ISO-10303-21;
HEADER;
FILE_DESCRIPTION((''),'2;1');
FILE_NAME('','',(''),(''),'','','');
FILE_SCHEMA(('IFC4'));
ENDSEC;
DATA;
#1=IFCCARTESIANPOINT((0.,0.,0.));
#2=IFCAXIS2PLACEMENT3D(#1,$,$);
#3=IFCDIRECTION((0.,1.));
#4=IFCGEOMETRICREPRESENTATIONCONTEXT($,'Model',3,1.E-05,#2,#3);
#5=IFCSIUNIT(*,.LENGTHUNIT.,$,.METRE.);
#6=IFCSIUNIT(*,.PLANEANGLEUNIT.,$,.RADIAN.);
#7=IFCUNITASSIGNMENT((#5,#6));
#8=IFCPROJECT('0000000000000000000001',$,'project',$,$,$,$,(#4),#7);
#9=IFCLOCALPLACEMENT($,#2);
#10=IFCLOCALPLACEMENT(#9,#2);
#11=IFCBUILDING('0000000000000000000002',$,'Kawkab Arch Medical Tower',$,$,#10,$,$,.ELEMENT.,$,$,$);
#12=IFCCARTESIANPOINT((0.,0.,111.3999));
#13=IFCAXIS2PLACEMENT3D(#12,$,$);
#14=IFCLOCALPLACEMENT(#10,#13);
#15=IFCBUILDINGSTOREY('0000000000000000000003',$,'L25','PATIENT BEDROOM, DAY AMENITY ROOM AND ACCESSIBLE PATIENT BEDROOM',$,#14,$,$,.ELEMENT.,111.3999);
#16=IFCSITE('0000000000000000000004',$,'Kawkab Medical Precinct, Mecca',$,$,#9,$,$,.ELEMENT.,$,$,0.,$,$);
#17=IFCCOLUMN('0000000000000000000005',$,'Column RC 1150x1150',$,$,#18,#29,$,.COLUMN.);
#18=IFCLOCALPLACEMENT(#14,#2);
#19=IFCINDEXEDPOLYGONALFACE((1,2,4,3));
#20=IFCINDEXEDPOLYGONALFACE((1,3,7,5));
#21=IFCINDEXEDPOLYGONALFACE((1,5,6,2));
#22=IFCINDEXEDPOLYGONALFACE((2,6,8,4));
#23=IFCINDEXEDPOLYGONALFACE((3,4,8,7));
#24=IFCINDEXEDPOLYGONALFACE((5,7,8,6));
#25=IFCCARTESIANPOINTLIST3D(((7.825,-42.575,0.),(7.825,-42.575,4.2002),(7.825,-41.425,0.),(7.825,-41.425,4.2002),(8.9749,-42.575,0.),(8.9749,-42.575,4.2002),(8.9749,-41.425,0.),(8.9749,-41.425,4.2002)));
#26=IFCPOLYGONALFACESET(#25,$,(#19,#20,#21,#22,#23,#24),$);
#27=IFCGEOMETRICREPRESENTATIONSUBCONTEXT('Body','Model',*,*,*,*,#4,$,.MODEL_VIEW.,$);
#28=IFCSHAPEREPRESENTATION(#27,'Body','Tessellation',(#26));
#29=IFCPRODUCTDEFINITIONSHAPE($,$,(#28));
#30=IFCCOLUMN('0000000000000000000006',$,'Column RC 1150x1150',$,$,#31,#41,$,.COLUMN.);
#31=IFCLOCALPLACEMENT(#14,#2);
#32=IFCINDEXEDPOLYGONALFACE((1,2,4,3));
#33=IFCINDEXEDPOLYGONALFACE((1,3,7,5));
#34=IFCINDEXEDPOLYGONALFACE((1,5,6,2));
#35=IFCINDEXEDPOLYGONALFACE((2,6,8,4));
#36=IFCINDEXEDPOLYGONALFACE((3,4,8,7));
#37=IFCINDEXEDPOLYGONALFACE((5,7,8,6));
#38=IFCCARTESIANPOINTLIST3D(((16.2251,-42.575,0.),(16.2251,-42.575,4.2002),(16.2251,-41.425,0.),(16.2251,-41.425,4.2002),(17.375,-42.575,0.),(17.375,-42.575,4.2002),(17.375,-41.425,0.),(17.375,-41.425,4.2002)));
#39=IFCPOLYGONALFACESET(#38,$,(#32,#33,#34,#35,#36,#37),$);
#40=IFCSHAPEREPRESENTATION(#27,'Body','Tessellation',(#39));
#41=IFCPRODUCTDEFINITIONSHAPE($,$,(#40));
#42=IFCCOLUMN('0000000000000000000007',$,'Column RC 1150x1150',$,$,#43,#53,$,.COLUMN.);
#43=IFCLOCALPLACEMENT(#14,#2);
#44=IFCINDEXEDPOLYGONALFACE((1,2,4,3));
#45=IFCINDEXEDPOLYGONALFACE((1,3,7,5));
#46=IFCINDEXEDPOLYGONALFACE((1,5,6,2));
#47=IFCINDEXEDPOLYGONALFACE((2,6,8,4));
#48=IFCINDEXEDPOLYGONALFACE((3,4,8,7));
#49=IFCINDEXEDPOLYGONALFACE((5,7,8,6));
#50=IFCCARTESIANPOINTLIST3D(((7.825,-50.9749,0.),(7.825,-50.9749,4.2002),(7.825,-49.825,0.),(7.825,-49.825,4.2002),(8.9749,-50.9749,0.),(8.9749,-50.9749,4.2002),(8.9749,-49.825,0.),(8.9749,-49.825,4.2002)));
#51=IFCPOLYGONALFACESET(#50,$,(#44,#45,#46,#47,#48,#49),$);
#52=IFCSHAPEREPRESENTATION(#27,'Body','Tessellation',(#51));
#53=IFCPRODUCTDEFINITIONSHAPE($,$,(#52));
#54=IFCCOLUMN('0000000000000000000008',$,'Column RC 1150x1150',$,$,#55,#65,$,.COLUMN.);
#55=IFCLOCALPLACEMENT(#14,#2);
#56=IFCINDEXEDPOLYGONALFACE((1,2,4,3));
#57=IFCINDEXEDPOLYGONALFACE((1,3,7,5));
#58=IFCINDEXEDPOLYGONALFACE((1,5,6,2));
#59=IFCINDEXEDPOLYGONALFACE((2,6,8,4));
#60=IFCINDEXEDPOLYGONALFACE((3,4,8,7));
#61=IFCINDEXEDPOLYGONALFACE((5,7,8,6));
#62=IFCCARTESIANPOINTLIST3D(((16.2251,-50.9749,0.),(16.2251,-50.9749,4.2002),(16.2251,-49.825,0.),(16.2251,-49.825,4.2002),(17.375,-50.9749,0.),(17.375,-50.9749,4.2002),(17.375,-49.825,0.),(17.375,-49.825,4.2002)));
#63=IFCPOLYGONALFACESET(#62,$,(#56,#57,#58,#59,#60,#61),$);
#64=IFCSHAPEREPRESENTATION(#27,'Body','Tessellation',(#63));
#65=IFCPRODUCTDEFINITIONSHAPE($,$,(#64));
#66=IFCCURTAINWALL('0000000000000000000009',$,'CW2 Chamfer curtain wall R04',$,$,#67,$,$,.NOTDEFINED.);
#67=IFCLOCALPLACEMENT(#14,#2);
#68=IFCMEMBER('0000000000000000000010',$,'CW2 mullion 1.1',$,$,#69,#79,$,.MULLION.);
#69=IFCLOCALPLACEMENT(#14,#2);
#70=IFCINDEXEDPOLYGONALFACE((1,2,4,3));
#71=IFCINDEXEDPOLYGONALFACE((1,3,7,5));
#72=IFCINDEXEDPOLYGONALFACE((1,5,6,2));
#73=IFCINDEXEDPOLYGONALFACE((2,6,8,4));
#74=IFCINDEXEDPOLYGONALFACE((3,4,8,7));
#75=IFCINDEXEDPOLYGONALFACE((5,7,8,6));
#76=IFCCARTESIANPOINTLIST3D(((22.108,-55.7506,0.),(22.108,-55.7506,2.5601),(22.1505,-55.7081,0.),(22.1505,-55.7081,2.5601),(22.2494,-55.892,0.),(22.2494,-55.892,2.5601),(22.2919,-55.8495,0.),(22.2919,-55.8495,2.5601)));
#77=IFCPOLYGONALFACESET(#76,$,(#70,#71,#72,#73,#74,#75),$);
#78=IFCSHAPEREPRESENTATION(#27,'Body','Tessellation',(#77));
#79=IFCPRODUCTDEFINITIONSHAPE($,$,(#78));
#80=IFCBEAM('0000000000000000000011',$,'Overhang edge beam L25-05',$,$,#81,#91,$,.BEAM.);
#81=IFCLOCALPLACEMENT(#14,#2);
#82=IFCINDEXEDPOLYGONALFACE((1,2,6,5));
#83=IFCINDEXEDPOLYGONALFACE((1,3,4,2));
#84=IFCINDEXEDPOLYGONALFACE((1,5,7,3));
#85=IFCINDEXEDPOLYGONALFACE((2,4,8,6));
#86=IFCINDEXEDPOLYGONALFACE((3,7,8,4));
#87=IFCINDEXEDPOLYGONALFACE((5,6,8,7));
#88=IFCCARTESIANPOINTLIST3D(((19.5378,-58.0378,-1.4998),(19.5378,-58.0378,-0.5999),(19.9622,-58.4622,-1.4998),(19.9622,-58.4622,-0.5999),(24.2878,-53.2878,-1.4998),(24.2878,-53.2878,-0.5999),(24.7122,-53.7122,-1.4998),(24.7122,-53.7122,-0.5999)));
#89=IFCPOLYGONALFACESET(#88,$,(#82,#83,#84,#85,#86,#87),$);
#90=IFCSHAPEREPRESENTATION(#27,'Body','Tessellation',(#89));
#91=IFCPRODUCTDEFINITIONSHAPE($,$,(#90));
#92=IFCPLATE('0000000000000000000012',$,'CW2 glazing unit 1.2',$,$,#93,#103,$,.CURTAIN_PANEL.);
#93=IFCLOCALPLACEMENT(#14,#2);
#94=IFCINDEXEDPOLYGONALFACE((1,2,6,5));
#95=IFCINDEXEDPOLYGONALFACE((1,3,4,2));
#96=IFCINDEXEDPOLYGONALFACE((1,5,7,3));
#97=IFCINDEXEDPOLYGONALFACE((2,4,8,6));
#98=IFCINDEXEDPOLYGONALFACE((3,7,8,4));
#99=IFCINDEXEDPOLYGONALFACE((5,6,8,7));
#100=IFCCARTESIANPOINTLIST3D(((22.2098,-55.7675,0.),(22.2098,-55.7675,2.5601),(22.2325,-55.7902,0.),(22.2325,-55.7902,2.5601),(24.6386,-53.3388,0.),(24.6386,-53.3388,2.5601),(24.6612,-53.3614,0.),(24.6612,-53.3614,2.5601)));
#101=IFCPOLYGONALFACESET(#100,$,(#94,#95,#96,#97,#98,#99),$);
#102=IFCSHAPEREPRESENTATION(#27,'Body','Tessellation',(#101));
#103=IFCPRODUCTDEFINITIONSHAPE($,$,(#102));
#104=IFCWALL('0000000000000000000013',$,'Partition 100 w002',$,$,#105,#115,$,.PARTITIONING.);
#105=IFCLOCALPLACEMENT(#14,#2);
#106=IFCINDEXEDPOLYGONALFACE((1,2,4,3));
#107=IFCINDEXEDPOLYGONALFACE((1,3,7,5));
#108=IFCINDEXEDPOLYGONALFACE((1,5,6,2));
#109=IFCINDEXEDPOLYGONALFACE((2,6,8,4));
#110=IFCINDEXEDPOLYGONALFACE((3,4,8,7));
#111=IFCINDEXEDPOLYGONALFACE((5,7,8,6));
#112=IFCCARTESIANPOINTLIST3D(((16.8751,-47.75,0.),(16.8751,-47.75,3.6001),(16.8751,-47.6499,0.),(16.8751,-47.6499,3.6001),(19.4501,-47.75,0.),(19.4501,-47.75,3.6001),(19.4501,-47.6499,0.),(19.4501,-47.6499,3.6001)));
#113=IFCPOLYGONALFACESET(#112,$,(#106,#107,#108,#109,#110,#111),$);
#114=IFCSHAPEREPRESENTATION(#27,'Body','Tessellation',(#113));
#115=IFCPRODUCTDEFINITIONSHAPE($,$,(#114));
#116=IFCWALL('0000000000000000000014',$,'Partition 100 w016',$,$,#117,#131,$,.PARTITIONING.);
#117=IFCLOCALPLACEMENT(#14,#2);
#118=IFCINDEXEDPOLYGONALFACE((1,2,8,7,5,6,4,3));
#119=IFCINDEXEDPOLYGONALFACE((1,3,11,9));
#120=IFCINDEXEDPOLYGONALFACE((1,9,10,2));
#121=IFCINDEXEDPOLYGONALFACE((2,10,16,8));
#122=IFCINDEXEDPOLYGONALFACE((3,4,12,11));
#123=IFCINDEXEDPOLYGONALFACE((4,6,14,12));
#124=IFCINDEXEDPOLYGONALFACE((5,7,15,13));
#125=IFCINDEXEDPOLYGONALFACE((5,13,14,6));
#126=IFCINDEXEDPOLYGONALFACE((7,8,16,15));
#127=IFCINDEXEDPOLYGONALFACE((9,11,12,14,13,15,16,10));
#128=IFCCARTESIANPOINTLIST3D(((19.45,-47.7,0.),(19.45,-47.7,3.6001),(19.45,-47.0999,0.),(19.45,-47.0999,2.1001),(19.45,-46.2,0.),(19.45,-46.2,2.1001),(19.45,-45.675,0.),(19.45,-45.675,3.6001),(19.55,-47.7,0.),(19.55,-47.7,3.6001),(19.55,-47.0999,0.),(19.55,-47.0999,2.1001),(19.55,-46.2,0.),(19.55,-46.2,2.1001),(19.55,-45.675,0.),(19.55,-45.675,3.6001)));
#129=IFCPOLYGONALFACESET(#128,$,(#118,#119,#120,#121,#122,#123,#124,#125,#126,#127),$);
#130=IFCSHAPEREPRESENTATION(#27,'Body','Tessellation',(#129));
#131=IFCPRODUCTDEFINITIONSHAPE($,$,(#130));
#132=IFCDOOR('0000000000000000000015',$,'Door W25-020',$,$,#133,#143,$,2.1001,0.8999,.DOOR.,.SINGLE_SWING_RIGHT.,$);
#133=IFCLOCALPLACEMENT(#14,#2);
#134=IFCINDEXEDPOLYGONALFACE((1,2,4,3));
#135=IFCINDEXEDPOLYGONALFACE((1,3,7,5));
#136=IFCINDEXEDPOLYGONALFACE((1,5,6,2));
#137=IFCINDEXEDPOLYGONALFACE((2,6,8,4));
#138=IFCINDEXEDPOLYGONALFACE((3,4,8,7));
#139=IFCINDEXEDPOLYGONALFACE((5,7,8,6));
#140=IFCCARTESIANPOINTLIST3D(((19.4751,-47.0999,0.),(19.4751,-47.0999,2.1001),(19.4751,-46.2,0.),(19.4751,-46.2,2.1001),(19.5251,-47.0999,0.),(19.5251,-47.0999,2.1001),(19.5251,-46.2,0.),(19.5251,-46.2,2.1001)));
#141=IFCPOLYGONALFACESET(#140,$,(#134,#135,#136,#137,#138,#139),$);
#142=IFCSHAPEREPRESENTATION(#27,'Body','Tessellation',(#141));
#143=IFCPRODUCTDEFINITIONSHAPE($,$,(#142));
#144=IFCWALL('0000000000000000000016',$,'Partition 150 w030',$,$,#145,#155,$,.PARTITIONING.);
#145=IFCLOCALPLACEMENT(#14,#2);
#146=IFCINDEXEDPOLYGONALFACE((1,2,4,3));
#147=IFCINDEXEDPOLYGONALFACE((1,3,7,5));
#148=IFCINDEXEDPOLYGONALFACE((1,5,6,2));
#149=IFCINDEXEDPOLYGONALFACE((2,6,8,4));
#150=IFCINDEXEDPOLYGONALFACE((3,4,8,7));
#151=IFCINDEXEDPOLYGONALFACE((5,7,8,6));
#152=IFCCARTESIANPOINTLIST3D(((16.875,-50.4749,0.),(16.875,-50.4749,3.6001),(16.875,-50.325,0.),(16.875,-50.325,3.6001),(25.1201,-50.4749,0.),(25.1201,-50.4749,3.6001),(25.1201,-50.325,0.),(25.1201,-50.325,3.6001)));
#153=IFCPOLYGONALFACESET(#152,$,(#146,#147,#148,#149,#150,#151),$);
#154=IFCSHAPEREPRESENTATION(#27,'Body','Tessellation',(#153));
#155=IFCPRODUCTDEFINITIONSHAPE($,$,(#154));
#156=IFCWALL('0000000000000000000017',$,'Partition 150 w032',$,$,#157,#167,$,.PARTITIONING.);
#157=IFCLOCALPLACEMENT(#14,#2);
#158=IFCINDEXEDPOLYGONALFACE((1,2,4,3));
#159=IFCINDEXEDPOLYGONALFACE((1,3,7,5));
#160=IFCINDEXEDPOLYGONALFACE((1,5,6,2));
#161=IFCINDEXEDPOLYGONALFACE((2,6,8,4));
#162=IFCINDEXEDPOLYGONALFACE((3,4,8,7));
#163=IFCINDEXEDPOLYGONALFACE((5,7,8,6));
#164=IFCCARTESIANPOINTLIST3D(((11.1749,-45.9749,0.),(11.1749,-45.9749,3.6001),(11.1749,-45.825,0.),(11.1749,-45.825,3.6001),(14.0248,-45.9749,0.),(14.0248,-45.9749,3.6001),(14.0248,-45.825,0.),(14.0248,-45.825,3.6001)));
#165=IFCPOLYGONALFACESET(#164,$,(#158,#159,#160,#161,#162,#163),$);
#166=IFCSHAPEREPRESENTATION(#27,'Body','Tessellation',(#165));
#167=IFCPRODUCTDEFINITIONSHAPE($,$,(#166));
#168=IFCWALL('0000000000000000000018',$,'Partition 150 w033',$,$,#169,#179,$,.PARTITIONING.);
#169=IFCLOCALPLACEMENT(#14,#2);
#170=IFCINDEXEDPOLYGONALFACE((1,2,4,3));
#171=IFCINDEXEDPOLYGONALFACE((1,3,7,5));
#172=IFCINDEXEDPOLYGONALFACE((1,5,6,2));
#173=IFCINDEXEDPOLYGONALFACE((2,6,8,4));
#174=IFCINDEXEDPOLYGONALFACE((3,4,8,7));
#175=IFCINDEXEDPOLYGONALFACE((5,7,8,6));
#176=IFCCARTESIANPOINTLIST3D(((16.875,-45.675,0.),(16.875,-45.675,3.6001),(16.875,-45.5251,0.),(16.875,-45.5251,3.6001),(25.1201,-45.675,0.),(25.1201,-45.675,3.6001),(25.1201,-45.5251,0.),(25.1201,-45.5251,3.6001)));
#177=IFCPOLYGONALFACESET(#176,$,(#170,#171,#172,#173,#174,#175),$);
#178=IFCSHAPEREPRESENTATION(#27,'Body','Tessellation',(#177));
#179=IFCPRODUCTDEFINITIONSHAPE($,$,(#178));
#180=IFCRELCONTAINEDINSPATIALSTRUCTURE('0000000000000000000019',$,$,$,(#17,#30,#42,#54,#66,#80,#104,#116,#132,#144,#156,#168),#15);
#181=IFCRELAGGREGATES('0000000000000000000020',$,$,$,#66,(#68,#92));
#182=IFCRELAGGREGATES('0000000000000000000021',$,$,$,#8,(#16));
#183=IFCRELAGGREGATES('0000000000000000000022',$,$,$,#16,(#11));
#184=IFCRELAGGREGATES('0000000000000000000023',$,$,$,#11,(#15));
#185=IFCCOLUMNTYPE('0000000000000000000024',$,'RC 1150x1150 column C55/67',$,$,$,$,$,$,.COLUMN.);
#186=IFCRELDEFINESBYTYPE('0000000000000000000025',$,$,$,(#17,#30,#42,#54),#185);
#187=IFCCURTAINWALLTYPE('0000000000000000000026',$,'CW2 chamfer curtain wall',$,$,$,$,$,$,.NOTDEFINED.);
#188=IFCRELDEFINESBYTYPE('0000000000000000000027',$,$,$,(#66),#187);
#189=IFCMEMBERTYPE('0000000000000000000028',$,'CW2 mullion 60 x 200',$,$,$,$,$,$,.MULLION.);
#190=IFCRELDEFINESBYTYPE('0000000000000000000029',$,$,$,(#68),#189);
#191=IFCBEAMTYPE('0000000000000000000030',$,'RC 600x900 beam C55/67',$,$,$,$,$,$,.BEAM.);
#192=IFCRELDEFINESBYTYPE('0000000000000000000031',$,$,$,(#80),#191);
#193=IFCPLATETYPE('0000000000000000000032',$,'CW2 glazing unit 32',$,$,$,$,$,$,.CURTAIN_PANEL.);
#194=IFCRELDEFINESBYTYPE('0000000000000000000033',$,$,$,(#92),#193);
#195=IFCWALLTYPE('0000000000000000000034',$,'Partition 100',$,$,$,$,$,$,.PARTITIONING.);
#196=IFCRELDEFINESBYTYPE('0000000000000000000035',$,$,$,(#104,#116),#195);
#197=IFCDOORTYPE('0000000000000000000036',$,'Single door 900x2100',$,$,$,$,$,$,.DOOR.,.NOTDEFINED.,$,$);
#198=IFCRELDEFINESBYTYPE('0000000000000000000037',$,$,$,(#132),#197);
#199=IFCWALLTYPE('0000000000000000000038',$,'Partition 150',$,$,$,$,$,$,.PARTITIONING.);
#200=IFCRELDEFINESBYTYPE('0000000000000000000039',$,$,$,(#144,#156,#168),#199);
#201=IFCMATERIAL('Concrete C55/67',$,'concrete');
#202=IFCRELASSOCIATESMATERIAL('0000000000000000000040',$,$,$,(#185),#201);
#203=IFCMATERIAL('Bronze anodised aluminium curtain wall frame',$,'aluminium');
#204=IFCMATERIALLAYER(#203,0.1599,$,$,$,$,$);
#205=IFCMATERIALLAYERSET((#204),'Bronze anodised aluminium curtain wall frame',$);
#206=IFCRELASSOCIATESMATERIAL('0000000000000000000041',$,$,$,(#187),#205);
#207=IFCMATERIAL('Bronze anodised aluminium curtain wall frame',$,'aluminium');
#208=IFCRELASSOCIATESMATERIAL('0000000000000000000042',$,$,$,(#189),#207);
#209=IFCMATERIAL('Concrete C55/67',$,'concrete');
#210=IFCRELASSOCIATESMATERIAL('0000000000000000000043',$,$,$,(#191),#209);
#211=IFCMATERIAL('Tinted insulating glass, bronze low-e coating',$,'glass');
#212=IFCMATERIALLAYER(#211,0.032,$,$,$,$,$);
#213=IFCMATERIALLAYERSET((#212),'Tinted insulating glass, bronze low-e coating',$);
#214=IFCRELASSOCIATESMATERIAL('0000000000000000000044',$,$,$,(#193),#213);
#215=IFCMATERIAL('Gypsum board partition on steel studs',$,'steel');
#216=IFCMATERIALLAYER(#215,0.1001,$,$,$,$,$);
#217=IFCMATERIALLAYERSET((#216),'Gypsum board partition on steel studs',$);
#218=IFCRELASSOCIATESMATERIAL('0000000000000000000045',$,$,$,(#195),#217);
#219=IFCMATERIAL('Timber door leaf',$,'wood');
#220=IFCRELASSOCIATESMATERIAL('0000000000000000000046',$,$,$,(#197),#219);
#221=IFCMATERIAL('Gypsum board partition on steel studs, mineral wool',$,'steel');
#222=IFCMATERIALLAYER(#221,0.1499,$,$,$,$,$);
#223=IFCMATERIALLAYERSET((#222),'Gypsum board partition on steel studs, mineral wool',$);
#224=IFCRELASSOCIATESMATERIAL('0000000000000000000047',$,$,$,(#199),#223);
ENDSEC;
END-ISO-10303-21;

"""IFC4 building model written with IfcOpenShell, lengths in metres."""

from ifc_helpers import new_model, si_unit, direction, frame, frame_2d, origin, origin_2d, place, context, subcontext, project, spatial, rectangle, extrude, material, layer, layer_set, material_profile, profile_set, type_object, element, fill, aggregate, save


model = new_model("IFC4")

# Units and contexts
model_context = context("Model", 3, precision=1e-05, world=origin(), true_north=direction((0.0, 1.0)))
body_context = subcontext(model_context, "Body", "Model", "MODEL_VIEW")
ifc_project = project(units=[si_unit("LENGTHUNIT", "METRE"), si_unit("PLANEANGLEUNIT", "RADIAN")], contexts=[model_context])

# Site, building, storey
site_placement = place(None, origin())
site = spatial("IfcSite", under=ifc_project, at=site_placement, Name="Kawkab Medical Precinct, Mecca", CompositionType="ELEMENT", RefElevation=0.0)
building_placement = place(site_placement, origin())
building = spatial("IfcBuilding", under=site, at=building_placement, Name="Kawkab Arch Medical Tower", CompositionType="ELEMENT")
storey_placement = place(building_placement, frame((0.0, 0.0, 111.3999)))
storey = spatial("IfcBuildingStorey", under=building, at=storey_placement, Name="L25", Description="PATIENT BEDROOM, DAY AMENITY ROOM AND ACCESSIBLE PATIENT BEDROOM", CompositionType="ELEMENT", Elevation=111.3999)

# Columns
ifc_material_1 = material(Name="Concrete C55/67", Category="concrete")
ifc_material_profile_1 = material_profile(ifc_material_1, rectangle(XDim=1.1499, YDim=1.1499, at=origin_2d()), Name="RC 1150x1150")
ifc_profile_set_1 = profile_set([ifc_material_profile_1], Name="Concrete C55/67")
column_type = type_object("IfcColumnType", Name="RC 1150x1150 column C55/67", PredefinedType="COLUMN", material=ifc_profile_set_1)
for number, where, z_axis, x_axis, name in (
    (1, (8.3999, -42.0, 0.0), (0.0, 0.0, 1.0), (1.0, 0.0, 0.0), "Column RC 1150x1150"),
    (2, (16.8, -42.0, 0.0), (0.0, 0.0, 1.0), (1.0, 0.0, 0.0), "Column RC 1150x1150"),
    (3, (8.3999, -50.3999, 0.0), (0.0, 0.0, 1.0), (1.0, 0.0, 0.0), "Column RC 1150x1150"),
    (4, (16.8, -50.3999, 0.0), (0.0, 0.0, 1.0), (1.0, 0.0, 0.0), "Column RC 1150x1150"),
):
    element("IfcColumn", number, at=place(storey_placement, frame(where, z_axis=z_axis, x_axis=x_axis)), inside=storey, type_object=column_type, Name=name, PredefinedType="COLUMN", context=body_context, shape_type="SweptSolid", body=[
        extrude(rectangle(XDim=1.1499, YDim=1.1499, at=origin_2d()), origin(), (0.0, 0.0, 1.0), 4.2002),
    ])

# Curtain wall, member
ifc_material_2 = material(Name="Bronze anodised aluminium curtain wall frame", Category="aluminium")
ifc_layer_1 = layer(ifc_material_2, 0.1599)
ifc_layer_set_1 = layer_set([ifc_layer_1], Name="Bronze anodised aluminium curtain wall frame")
curtain_wall_type = type_object("IfcCurtainWallType", Name="CW2 chamfer curtain wall", PredefinedType="NOTDEFINED", material=ifc_layer_set_1)
curtain_wall_placement = place(storey_placement, origin())
curtain_wall = element("IfcCurtainWall", 5, at=curtain_wall_placement, inside=storey, type_object=curtain_wall_type, Name="CW2 Chamfer curtain wall R04", PredefinedType="NOTDEFINED")
ifc_material_3 = material(Name="Bronze anodised aluminium curtain wall frame", Category="aluminium")
ifc_material_profile_2 = material_profile(ifc_material_3, rectangle(XDim=0.2, YDim=0.0601, at=origin_2d()), Name="AL 60x200")
ifc_profile_set_2 = profile_set([ifc_material_profile_2], Name="Bronze anodised aluminium curtain wall frame")
member_type = type_object("IfcMemberType", Name="CW2 mullion 60 x 200", PredefinedType="MULLION", material=ifc_profile_set_2)
member_placement = place(storey_placement, frame((22.2, -55.8, 0.0), z_axis=(0.0, 0.0, 1.0), x_axis=(-0.707107, 0.707107, 0.0)))
member = element("IfcMember", 6, at=member_placement, type_object=member_type, Name="CW2 mullion 1.1", PredefinedType="MULLION", context=body_context, shape_type="SweptSolid", body=[
    extrude(rectangle(XDim=0.2, YDim=0.0601, at=origin_2d()), origin(), (0.0, 0.0, 1.0), 2.5601),
])

# Beam
ifc_material_4 = material(Name="Concrete C55/67", Category="concrete")
ifc_material_profile_3 = material_profile(ifc_material_4, rectangle(XDim=0.6001, YDim=0.8999, at=origin_2d()), Name="RC 600x900")
ifc_profile_set_3 = profile_set([ifc_material_profile_3], Name="Concrete C55/67")
beam_type = type_object("IfcBeamType", Name="RC 600x900 beam C55/67", PredefinedType="BEAM", material=ifc_profile_set_3)
beam_placement = place(storey_placement, frame((24.5, -53.5, -1.0498), z_axis=(-0.707107, -0.707107, 0.0), x_axis=(0.707107, -0.707107, 0.0)))
element("IfcBeam", 7, at=beam_placement, inside=storey, type_object=beam_type, Name="Overhang edge beam L25-05", PredefinedType="BEAM", context=body_context, shape_type="SweptSolid", body=[
    extrude(rectangle(XDim=0.6001, YDim=0.8999, at=origin_2d()), origin(), (0.0, 0.0, 1.0), 6.7175),
])

# Plate
ifc_material_5 = material(Name="Tinted insulating glass, bronze low-e coating", Category="glass")
ifc_layer_2 = layer(ifc_material_5, 0.032)
ifc_layer_set_2 = layer_set([ifc_layer_2], Name="Tinted insulating glass, bronze low-e coating")
plate_type = type_object("IfcPlateType", Name="CW2 glazing unit 32", PredefinedType="CURTAIN_PANEL", material=ifc_layer_set_2)
plate_placement = place(storey_placement, frame((23.4355, -54.5645, 0.0), z_axis=(0.0, 0.0, 1.0), x_axis=(0.707107, 0.707107, 0.0)))
plate = element("IfcPlate", 8, at=plate_placement, type_object=plate_type, Name="CW2 glazing unit 1.2", PredefinedType="CURTAIN_PANEL", context=body_context, shape_type="SweptSolid", body=[
    extrude(rectangle(XDim=3.4348, YDim=0.032, at=origin_2d()), origin(), (0.0, 0.0, 1.0), 2.5601),
])
aggregate(curtain_wall, [member, plate])

# Wall
ifc_material_6 = material(Name="Gypsum board partition on steel studs", Category="steel")
ifc_layer_3 = layer(ifc_material_6, 0.1001)
ifc_layer_set_3 = layer_set([ifc_layer_3], Name="Gypsum board partition on steel studs")
wall_type_1 = type_object("IfcWallType", Name="Partition 100", PredefinedType="PARTITIONING", material=ifc_layer_set_3)
wall_1_placement = place(storey_placement, frame((16.875, -47.7, 0.0), z_axis=(0.0, 0.0, 1.0), x_axis=(1.0, 0.0, 0.0)))
element("IfcWall", 9, at=wall_1_placement, inside=storey, type_object=wall_type_1, Name="Partition 100 w002", PredefinedType="PARTITIONING", context=body_context, shape_type="SweptSolid", body=[
    extrude(rectangle(XDim=2.575, YDim=0.1001, at=frame_2d((1.2876, 0.0))), origin(), (0.0, 0.0, 1.0), 3.6001),
])

# Wall, opening, door
wall_2_placement = place(storey_placement, frame((19.5, -47.7, 0.0), z_axis=(0.0, 0.0, 1.0), x_axis=(0.0, 1.0, 0.0)))
wall_2 = element("IfcWall", 10, at=wall_2_placement, inside=storey, type_object=wall_type_1, Name="Partition 100 w016", PredefinedType="PARTITIONING", context=body_context, shape_type="SweptSolid", body=[
    extrude(rectangle(XDim=2.0249, YDim=0.1001, at=frame_2d((1.0125, 0.0))), origin(), (0.0, 0.0, 1.0), 3.6001),
])
opening_1_placement = place(wall_2_placement, frame((0.6001, 0.0, 0.0)))
opening_1 = element("IfcOpeningElement", 11, at=opening_1_placement, cuts=wall_2, PredefinedType="OPENING", context=body_context, shape_type="SweptSolid", body=[
    extrude(rectangle(XDim=0.8999, YDim=2.1001, at=frame_2d((0.45, 1.05))), frame((0.0, 0.0601, 0.0), z_axis=(0.0, -1.0, 0.0), x_axis=(1.0, 0.0, 0.0)), (0.0, 0.0, 1.0), 0.1201),
])
ifc_material_7 = material(Name="Timber door leaf", Category="wood")
door_type_1 = type_object("IfcDoorType", Name="Single door 900x2100", OperationType="NOTDEFINED", PredefinedType="DOOR", material=ifc_material_7)
door_1_placement = place(opening_1_placement, origin())
door_1 = element("IfcDoor", 12, at=door_1_placement, inside=storey, type_object=door_type_1, Name="Door W25-020", OperationType="SINGLE_SWING_RIGHT", OverallHeight=2.1001, OverallWidth=0.8999, PredefinedType="DOOR", context=body_context, shape_type="SweptSolid", body=[
    extrude(rectangle(XDim=0.8999, YDim=2.1001, at=frame_2d((0.45, 1.05))), frame((0.0, 0.0249, 0.0), z_axis=(0.0, -1.0, 0.0), x_axis=(1.0, 0.0, 0.0)), (0.0, 0.0, 1.0), 0.05),
])
fill(opening_1, door_1)

# Walls
ifc_material_8 = material(Name="Gypsum board partition on steel studs, mineral wool", Category="steel")
ifc_layer_4 = layer(ifc_material_8, 0.1499)
ifc_layer_set_4 = layer_set([ifc_layer_4], Name="Gypsum board partition on steel studs, mineral wool")
wall_type_2 = type_object("IfcWallType", Name="Partition 150", PredefinedType="PARTITIONING", material=ifc_layer_set_4)
wall_3_placement = place(storey_placement, frame((16.875, -50.3999, 0.0), z_axis=(0.0, 0.0, 1.0), x_axis=(1.0, 0.0, 0.0)))
element("IfcWall", 13, at=wall_3_placement, inside=storey, type_object=wall_type_2, Name="Partition 150 w030", PredefinedType="PARTITIONING", context=body_context, shape_type="SweptSolid", body=[
    extrude(rectangle(XDim=8.2451, YDim=0.1499, at=frame_2d((4.1226, 0.0))), origin(), (0.0, 0.0, 1.0), 3.6001),
])
wall_4_placement = place(storey_placement, frame((11.175, -45.8999, 0.0), z_axis=(0.0, 0.0, 1.0), x_axis=(1.0, 0.0, 0.0)))
element("IfcWall", 14, at=wall_4_placement, inside=storey, type_object=wall_type_2, Name="Partition 150 w032", PredefinedType="PARTITIONING", context=body_context, shape_type="SweptSolid", body=[
    extrude(rectangle(XDim=2.8499, YDim=0.1499, at=frame_2d((1.4248, 0.0))), origin(), (0.0, 0.0, 1.0), 3.6001),
])
wall_5_placement = place(storey_placement, frame((16.875, -45.6001, 0.0), z_axis=(0.0, 0.0, 1.0), x_axis=(1.0, 0.0, 0.0)))
element("IfcWall", 15, at=wall_5_placement, inside=storey, type_object=wall_type_2, Name="Partition 150 w033", PredefinedType="PARTITIONING", context=body_context, shape_type="SweptSolid", body=[
    extrude(rectangle(XDim=8.2451, YDim=0.1499, at=frame_2d((4.1226, 0.0))), origin(), (0.0, 0.0, 1.0), 3.6001),
])

save(model, "model.ifc")
